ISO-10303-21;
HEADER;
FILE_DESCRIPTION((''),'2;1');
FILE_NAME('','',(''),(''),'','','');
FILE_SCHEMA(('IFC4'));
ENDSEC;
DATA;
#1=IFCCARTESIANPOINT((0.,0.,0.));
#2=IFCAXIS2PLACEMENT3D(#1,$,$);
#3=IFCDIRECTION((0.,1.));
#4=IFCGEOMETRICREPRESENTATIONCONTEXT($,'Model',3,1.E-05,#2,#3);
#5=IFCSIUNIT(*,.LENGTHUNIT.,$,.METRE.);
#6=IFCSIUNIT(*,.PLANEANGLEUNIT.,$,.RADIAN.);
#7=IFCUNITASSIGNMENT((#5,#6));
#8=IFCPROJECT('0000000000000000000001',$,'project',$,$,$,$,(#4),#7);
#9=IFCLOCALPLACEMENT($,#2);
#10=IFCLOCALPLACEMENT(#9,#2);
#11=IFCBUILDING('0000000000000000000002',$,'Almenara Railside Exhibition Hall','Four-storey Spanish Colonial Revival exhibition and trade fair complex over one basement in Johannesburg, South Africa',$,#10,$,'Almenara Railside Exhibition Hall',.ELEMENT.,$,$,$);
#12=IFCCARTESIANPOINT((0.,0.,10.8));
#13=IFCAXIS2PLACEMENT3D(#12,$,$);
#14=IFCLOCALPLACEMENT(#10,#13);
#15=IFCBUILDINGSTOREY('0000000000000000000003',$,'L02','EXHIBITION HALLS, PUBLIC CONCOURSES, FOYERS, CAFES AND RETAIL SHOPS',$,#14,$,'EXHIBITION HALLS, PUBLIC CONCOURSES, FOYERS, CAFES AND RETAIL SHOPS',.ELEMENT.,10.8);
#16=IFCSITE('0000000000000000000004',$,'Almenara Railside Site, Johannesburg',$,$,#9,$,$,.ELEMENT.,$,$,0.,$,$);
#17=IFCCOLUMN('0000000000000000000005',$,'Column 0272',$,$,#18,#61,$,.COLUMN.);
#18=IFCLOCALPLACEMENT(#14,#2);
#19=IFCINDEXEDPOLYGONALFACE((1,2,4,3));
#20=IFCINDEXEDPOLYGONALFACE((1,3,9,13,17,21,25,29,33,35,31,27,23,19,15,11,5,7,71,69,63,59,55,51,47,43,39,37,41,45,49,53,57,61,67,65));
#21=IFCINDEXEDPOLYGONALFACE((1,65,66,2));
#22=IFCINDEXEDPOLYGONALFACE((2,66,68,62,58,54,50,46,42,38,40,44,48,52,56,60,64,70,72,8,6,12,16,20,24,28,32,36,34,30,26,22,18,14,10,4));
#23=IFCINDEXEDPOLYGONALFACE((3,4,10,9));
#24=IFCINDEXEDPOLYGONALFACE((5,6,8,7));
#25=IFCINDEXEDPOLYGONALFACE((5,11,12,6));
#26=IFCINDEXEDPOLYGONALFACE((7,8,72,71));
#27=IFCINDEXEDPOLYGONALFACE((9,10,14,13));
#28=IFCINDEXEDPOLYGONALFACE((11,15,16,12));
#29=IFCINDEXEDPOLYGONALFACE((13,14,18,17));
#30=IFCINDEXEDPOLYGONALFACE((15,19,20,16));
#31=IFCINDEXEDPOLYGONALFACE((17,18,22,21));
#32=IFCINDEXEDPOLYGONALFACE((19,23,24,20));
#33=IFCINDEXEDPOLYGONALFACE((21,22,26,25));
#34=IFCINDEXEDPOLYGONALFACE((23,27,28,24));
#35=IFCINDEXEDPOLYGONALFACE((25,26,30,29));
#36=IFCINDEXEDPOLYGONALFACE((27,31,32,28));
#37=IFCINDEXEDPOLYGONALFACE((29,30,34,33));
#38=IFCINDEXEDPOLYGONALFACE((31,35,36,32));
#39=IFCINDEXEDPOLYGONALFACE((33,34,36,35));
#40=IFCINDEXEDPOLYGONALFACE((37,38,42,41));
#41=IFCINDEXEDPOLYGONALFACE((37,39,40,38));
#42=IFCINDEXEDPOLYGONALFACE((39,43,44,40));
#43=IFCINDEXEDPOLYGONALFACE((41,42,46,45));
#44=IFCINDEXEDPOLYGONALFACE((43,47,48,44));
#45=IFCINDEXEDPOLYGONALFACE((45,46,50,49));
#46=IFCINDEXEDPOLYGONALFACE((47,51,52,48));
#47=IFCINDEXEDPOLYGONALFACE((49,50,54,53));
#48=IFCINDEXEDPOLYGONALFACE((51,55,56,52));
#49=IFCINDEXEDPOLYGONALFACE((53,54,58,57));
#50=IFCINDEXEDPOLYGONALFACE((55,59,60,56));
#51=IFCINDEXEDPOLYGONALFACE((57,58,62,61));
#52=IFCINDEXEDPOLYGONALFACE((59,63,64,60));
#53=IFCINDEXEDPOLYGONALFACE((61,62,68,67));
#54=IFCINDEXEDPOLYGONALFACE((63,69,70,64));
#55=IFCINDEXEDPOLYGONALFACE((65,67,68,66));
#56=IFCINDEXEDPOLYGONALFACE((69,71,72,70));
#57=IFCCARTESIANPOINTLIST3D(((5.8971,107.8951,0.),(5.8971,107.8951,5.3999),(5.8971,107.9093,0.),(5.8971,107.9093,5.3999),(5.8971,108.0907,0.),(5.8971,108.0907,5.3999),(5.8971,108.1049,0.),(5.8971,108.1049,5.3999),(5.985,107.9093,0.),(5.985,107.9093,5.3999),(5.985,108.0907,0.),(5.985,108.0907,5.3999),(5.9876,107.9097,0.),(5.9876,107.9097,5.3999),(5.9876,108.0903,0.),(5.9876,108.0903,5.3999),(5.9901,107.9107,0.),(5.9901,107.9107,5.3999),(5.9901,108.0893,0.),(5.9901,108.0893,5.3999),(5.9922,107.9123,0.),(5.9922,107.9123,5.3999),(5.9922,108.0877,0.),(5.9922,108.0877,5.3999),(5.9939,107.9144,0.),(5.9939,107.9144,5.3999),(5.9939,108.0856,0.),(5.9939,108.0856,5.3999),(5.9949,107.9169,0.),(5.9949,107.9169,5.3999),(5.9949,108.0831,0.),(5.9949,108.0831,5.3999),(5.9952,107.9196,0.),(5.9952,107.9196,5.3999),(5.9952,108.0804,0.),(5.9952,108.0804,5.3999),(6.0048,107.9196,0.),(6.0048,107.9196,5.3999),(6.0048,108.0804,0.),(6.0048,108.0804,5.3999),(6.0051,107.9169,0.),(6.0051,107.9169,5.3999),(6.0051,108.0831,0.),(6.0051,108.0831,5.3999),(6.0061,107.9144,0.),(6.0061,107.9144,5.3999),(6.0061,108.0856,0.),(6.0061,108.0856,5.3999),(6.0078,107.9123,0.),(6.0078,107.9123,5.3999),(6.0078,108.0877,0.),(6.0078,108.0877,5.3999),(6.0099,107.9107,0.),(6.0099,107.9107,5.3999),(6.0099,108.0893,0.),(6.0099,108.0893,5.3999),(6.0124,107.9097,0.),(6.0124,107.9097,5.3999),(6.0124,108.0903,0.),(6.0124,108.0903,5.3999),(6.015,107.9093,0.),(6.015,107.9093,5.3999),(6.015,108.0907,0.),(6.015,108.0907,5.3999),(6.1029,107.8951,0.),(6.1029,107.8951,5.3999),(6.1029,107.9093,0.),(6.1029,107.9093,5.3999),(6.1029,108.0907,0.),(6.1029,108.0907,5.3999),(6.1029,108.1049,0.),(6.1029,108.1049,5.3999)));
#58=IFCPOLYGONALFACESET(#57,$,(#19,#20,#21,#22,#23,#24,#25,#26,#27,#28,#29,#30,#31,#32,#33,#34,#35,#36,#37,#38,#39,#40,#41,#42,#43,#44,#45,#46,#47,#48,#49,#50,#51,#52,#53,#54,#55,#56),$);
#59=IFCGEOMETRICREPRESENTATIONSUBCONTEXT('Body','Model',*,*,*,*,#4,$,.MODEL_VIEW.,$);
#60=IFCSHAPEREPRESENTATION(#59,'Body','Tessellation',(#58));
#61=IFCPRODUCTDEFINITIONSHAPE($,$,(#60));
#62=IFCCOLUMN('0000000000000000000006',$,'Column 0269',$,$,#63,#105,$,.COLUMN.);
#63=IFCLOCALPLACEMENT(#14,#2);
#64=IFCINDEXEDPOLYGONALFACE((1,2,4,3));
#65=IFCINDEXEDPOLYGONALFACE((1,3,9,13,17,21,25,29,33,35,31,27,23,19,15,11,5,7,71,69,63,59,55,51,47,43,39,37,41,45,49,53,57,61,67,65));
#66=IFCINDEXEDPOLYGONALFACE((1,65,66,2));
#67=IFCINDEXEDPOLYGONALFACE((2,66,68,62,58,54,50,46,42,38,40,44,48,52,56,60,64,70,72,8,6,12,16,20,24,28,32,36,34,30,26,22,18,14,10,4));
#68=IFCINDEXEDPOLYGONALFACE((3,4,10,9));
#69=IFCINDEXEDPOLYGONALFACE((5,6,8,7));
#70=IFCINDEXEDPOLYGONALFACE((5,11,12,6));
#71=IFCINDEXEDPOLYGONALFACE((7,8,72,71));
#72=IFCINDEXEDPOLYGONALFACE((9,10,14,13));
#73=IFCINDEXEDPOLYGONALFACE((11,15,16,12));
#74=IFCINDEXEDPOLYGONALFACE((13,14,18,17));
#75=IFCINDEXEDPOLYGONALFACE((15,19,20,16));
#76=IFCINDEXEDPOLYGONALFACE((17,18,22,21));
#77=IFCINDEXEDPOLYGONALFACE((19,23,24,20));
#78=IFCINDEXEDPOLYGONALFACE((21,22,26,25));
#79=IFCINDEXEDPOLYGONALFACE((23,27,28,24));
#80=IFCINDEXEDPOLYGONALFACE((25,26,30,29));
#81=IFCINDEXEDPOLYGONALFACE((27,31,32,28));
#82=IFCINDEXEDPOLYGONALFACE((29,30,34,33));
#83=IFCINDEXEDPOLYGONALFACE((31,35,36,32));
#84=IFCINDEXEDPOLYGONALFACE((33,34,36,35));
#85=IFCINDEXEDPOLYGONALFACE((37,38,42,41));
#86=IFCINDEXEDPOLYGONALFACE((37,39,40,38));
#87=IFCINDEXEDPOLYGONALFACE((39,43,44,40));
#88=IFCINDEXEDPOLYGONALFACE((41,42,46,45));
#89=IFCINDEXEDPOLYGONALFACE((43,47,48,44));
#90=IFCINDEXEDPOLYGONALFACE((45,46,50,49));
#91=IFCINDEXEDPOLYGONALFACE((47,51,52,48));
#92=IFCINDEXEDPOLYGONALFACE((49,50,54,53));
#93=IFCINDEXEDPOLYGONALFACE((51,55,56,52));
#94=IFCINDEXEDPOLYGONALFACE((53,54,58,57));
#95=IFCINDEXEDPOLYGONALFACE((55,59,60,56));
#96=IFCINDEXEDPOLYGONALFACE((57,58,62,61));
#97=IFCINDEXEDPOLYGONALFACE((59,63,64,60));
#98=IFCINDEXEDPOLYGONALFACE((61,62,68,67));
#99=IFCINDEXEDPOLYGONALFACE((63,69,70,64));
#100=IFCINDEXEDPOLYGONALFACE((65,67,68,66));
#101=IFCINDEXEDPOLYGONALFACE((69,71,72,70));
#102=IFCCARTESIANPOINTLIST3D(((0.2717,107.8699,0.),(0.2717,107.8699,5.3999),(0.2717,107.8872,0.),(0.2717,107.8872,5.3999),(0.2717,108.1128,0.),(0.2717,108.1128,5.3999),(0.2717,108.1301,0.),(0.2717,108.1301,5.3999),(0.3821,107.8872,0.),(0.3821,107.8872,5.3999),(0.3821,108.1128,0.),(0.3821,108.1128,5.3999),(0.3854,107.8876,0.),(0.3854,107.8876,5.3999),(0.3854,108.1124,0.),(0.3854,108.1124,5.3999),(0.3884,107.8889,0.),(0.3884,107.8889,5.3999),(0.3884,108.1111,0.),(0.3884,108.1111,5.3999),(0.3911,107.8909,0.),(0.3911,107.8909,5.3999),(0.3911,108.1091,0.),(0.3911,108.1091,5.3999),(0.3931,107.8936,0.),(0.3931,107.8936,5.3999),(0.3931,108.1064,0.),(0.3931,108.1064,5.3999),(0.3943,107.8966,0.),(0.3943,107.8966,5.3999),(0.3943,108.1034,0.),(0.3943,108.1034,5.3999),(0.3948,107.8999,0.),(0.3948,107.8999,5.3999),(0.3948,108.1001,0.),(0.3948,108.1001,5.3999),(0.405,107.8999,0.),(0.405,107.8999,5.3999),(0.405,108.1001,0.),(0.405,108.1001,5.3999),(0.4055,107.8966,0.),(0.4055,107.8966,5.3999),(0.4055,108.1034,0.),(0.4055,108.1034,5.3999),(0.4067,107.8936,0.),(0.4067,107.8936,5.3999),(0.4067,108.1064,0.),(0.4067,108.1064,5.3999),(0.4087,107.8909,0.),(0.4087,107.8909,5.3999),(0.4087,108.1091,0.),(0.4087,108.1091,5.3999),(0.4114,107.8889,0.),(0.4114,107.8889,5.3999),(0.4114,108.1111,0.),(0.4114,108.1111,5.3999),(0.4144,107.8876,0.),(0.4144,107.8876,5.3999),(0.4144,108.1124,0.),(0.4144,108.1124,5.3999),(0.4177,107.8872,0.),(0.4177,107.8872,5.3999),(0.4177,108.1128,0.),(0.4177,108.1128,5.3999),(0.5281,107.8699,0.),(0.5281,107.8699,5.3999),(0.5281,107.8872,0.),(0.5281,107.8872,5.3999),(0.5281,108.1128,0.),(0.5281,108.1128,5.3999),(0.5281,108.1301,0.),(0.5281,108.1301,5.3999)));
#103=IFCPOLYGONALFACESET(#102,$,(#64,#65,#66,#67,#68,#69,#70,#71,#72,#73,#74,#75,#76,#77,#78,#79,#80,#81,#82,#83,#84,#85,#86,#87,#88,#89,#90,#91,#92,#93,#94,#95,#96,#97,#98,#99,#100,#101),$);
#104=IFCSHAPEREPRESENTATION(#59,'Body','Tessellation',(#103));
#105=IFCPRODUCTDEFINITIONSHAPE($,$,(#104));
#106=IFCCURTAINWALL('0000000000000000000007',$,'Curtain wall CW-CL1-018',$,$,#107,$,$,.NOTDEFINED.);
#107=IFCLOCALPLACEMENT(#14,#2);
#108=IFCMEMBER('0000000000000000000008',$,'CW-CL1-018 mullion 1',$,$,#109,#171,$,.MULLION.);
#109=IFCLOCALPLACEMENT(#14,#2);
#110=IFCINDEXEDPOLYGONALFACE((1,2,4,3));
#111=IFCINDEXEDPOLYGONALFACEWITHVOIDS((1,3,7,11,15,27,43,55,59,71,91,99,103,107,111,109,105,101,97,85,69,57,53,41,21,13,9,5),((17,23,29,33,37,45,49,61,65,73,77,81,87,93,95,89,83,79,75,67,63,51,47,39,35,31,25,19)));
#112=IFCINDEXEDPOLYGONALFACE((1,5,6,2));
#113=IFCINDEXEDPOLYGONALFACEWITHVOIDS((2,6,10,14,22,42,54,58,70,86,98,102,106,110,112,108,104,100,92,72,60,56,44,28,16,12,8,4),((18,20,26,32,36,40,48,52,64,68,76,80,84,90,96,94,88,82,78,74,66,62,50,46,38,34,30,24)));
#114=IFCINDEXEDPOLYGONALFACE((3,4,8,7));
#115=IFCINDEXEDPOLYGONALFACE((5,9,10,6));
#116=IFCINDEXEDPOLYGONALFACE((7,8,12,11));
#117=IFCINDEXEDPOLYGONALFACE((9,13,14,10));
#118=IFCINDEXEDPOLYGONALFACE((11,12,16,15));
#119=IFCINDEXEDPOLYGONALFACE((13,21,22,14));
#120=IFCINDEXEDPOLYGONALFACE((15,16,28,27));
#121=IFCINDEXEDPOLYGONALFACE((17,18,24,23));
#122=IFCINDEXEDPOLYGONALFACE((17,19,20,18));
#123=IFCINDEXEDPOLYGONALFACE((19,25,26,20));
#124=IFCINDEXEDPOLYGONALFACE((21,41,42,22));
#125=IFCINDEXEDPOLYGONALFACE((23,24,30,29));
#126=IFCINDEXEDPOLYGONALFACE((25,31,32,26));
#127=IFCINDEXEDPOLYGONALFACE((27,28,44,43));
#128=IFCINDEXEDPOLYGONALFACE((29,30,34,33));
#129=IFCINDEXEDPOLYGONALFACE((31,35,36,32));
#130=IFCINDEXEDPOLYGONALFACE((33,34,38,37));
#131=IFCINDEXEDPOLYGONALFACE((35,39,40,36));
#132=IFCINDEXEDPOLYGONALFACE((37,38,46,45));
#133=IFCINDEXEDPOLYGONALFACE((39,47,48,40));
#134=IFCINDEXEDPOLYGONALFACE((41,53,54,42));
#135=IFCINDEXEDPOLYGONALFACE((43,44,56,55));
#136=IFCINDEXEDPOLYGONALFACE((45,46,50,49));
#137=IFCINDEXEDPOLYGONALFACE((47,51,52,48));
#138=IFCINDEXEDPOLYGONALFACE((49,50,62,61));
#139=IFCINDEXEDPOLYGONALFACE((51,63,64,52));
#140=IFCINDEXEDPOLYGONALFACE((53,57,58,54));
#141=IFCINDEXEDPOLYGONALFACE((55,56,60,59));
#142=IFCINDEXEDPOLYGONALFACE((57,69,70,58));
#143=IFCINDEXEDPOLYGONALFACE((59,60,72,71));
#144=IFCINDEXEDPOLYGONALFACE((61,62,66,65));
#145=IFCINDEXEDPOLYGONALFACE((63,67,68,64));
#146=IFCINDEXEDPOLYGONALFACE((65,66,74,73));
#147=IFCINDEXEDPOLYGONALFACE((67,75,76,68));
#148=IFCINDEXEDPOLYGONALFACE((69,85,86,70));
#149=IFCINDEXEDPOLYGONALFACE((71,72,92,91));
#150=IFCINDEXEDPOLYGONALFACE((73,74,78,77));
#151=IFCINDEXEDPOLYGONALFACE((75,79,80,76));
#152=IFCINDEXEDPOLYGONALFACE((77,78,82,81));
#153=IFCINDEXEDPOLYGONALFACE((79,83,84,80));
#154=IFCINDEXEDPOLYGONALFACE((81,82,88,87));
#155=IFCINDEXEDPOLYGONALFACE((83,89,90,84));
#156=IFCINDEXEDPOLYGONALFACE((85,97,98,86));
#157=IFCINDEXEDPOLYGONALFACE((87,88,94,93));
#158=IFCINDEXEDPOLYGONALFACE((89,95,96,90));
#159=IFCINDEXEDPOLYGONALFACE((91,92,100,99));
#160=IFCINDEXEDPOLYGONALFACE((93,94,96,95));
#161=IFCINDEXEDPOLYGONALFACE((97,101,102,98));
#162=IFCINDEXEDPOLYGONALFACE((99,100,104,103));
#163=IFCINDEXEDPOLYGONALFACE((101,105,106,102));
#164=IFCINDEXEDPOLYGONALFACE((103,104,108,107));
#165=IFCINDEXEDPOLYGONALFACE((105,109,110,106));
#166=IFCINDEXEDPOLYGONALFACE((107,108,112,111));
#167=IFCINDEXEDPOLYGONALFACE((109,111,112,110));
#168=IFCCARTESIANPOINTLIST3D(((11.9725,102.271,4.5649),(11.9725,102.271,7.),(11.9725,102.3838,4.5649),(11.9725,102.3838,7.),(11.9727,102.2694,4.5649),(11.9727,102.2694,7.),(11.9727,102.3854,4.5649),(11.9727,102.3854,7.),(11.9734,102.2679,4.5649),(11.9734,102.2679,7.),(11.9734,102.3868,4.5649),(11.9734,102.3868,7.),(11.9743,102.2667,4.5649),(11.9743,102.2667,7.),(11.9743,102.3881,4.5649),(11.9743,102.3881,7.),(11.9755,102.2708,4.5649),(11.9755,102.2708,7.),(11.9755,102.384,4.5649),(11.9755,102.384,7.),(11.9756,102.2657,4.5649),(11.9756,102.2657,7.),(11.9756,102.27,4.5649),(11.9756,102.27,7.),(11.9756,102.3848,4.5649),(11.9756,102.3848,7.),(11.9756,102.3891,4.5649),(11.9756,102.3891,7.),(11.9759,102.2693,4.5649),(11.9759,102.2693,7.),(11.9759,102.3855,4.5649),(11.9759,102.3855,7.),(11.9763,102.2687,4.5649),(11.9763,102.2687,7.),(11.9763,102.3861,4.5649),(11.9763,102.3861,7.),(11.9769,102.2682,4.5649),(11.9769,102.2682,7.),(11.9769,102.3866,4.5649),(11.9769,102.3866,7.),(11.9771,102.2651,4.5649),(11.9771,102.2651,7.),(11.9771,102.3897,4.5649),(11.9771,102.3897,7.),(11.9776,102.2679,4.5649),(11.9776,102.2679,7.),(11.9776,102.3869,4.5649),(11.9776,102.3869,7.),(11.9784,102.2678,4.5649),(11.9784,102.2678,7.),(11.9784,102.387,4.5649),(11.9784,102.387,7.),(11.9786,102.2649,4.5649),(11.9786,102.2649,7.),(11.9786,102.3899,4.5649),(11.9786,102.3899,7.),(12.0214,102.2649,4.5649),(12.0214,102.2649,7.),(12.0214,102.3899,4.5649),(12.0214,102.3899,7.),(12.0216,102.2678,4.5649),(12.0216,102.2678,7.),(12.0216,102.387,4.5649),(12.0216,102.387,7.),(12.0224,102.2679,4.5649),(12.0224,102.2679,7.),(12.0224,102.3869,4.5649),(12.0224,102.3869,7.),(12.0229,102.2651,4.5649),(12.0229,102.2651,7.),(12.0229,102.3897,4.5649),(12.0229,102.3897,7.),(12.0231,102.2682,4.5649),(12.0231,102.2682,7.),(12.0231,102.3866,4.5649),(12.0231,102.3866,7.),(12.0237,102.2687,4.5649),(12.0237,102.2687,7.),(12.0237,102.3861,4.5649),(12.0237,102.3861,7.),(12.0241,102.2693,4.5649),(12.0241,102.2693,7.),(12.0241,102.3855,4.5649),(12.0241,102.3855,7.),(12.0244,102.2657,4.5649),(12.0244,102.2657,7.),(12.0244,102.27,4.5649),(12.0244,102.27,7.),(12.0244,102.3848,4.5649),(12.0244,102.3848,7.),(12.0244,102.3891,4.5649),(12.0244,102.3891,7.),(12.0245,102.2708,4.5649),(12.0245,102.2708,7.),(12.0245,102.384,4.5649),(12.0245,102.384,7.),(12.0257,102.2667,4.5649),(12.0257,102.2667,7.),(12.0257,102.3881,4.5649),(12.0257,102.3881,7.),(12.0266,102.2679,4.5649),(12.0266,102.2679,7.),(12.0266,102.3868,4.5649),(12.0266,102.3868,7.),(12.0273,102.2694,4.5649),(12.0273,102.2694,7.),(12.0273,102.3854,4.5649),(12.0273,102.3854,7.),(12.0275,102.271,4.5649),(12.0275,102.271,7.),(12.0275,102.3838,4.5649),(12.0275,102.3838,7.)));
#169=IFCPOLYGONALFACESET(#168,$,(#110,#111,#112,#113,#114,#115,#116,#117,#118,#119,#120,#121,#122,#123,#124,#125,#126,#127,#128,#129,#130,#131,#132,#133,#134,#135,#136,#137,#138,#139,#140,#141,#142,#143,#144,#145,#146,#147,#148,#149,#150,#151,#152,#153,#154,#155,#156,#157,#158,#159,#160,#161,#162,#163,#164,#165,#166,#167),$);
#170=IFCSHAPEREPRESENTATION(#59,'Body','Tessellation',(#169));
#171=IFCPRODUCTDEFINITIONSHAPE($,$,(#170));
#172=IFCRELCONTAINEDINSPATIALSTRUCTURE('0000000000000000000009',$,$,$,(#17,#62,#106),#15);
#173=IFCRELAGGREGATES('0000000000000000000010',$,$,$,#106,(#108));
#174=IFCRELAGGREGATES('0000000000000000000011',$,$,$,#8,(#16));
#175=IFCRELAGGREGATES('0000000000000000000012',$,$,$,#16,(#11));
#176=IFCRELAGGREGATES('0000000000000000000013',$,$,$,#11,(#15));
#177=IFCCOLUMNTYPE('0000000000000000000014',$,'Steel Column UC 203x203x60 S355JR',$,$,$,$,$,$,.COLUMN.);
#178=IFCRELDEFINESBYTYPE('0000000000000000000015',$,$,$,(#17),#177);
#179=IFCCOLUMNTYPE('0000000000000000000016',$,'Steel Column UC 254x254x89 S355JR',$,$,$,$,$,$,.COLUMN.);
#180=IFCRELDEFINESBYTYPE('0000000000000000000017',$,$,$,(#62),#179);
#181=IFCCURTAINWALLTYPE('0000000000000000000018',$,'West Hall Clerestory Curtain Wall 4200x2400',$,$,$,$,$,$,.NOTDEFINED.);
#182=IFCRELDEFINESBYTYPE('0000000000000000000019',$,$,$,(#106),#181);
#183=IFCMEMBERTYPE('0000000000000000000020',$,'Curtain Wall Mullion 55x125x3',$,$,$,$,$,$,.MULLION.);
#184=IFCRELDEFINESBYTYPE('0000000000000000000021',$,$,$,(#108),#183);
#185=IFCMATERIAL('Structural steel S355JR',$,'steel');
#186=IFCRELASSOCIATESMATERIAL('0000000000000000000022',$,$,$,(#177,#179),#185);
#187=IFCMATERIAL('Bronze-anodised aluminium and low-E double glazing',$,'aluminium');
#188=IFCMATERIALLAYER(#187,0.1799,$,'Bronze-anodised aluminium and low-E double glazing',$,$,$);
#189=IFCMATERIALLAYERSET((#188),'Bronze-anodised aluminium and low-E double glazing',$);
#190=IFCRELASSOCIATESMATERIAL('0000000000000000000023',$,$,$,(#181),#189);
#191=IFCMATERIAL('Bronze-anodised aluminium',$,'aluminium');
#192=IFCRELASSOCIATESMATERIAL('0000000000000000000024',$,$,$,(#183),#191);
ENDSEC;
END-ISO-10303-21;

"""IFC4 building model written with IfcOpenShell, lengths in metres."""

from ifc_helpers import new_model, si_unit, direction, frame, origin, origin_2d, place, context, subcontext, project, spatial, hollow_rectangle, i_section, extrude, material, layer, layer_set, material_profile, profile_set, type_object, element, aggregate, save


model = new_model("IFC4")

# Units and contexts
model_context = context("Model", 3, precision=1e-05, world=origin(), true_north=direction((0.0, 1.0)))
body_context = subcontext(model_context, "Body", "Model", "MODEL_VIEW")
ifc_project = project(units=[si_unit("LENGTHUNIT", "METRE"), si_unit("PLANEANGLEUNIT", "RADIAN")], contexts=[model_context])

# Site, building, storey
site_placement = place(None, origin())
site = spatial("IfcSite", under=ifc_project, at=site_placement, Name="Almenara Railside Site, Johannesburg", CompositionType="ELEMENT", RefElevation=0.0)
building_placement = place(site_placement, origin())
building = spatial("IfcBuilding", under=site, at=building_placement, Name="Almenara Railside Exhibition Hall", Description="Four-storey Spanish Colonial Revival exhibition and trade fair complex over one basement in Johannesburg, South Africa", LongName="Almenara Railside Exhibition Hall", CompositionType="ELEMENT")
storey_placement = place(building_placement, frame((0.0, 0.0, 10.8)))
storey = spatial("IfcBuildingStorey", under=building, at=storey_placement, Name="L02", Description="EXHIBITION HALLS, PUBLIC CONCOURSES, FOYERS, CAFES AND RETAIL SHOPS", LongName="EXHIBITION HALLS, PUBLIC CONCOURSES, FOYERS, CAFES AND RETAIL SHOPS", CompositionType="ELEMENT", Elevation=10.8)

# Columns
ifc_material_1 = material(Name="Structural steel S355JR", Category="steel")
ifc_material_profile_1 = material_profile(ifc_material_1, i_section(OverallWidth=0.2058, OverallDepth=0.2097, WebThickness=0.0095, FlangeThickness=0.0142, FilletRadius=0.0103, at=origin_2d()), Name="UC 203x203x60")
ifc_profile_set_1 = profile_set([ifc_material_profile_1], Name="Structural steel S355JR")
column_type_1 = type_object("IfcColumnType", Name="Steel Column UC 203x203x60 S355JR", PredefinedType="COLUMN", material=ifc_profile_set_1)
column_1_placement = place(storey_placement, frame((6.0, 108.0, 0.0), z_axis=(0.0, 0.0, 1.0), x_axis=(1.0, 0.0, 0.0)))
element("IfcColumn", 1, at=column_1_placement, inside=storey, type_object=column_type_1, Name="Column 0272", PredefinedType="COLUMN", context=body_context, shape_type="SweptSolid", body=[
    extrude(i_section(OverallWidth=0.2058, OverallDepth=0.2097, WebThickness=0.0095, FlangeThickness=0.0142, FilletRadius=0.0103, at=origin_2d()), origin(), (0.0, 0.0, 1.0), 5.3999),
])
ifc_material_profile_2 = material_profile(ifc_material_1, i_section(OverallWidth=0.2563, OverallDepth=0.2603, WebThickness=0.0103, FlangeThickness=0.0173, FilletRadius=0.0127, at=origin_2d()), Name="UC 254x254x89")
ifc_profile_set_2 = profile_set([ifc_material_profile_2], Name="Structural steel S355JR")
column_type_2 = type_object("IfcColumnType", Name="Steel Column UC 254x254x89 S355JR", PredefinedType="COLUMN", material=ifc_profile_set_2)
column_2_placement = place(storey_placement, frame((0.3999, 108.0, 0.0), z_axis=(0.0, 0.0, 1.0), x_axis=(1.0, 0.0, 0.0)))
element("IfcColumn", 2, at=column_2_placement, inside=storey, type_object=column_type_2, Name="Column 0269", PredefinedType="COLUMN", context=body_context, shape_type="SweptSolid", body=[
    extrude(i_section(OverallWidth=0.2563, OverallDepth=0.2603, WebThickness=0.0103, FlangeThickness=0.0173, FilletRadius=0.0127, at=origin_2d()), origin(), (0.0, 0.0, 1.0), 5.3999),
])

# Curtain wall, member
ifc_material_2 = material(Name="Bronze-anodised aluminium and low-E double glazing", Category="aluminium")
ifc_layer_1 = layer(ifc_material_2, 0.1799, Name="Bronze-anodised aluminium and low-E double glazing")
ifc_layer_set_1 = layer_set([ifc_layer_1], Name="Bronze-anodised aluminium and low-E double glazing")
curtain_wall_type = type_object("IfcCurtainWallType", Name="West Hall Clerestory Curtain Wall 4200x2400", PredefinedType="NOTDEFINED", material=ifc_layer_set_1)
curtain_wall_1_placement = place(storey_placement, origin())
curtain_wall_1 = element("IfcCurtainWall", 3, at=curtain_wall_1_placement, inside=storey, type_object=curtain_wall_type, Name="Curtain wall CW-CL1-018", PredefinedType="NOTDEFINED")
ifc_material_3 = material(Name="Bronze-anodised aluminium", Category="aluminium")
ifc_material_profile_3 = material_profile(ifc_material_3, hollow_rectangle(XDim=0.0549, YDim=0.125, WallThickness=0.0029, InnerFilletRadius=0.0029, OuterFilletRadius=0.0061, at=origin_2d()), Name="ALU-MUL 55x125x3")
ifc_profile_set_3 = profile_set([ifc_material_profile_3], Name="Bronze-anodised aluminium")
member_type_1 = type_object("IfcMemberType", Name="Curtain Wall Mullion 55x125x3", PredefinedType="MULLION", material=ifc_profile_set_3)
member_1_placement = place(storey_placement, frame((12.0, 102.3274, 4.5649), z_axis=(0.0, 0.0, 1.0), x_axis=(-1.0, 0.0, 0.0)))
member_1 = element("IfcMember", 4, at=member_1_placement, type_object=member_type_1, Name="CW-CL1-018 mullion 1", PredefinedType="MULLION", context=body_context, shape_type="SweptSolid", body=[
    extrude(hollow_rectangle(XDim=0.0549, YDim=0.125, WallThickness=0.0029, InnerFilletRadius=0.0029, OuterFilletRadius=0.0061, at=origin_2d()), origin(), (0.0, 0.0, 1.0), 2.4351),
])

aggregate(curtain_wall_1, [member_1])

save(model, "model.ifc")
